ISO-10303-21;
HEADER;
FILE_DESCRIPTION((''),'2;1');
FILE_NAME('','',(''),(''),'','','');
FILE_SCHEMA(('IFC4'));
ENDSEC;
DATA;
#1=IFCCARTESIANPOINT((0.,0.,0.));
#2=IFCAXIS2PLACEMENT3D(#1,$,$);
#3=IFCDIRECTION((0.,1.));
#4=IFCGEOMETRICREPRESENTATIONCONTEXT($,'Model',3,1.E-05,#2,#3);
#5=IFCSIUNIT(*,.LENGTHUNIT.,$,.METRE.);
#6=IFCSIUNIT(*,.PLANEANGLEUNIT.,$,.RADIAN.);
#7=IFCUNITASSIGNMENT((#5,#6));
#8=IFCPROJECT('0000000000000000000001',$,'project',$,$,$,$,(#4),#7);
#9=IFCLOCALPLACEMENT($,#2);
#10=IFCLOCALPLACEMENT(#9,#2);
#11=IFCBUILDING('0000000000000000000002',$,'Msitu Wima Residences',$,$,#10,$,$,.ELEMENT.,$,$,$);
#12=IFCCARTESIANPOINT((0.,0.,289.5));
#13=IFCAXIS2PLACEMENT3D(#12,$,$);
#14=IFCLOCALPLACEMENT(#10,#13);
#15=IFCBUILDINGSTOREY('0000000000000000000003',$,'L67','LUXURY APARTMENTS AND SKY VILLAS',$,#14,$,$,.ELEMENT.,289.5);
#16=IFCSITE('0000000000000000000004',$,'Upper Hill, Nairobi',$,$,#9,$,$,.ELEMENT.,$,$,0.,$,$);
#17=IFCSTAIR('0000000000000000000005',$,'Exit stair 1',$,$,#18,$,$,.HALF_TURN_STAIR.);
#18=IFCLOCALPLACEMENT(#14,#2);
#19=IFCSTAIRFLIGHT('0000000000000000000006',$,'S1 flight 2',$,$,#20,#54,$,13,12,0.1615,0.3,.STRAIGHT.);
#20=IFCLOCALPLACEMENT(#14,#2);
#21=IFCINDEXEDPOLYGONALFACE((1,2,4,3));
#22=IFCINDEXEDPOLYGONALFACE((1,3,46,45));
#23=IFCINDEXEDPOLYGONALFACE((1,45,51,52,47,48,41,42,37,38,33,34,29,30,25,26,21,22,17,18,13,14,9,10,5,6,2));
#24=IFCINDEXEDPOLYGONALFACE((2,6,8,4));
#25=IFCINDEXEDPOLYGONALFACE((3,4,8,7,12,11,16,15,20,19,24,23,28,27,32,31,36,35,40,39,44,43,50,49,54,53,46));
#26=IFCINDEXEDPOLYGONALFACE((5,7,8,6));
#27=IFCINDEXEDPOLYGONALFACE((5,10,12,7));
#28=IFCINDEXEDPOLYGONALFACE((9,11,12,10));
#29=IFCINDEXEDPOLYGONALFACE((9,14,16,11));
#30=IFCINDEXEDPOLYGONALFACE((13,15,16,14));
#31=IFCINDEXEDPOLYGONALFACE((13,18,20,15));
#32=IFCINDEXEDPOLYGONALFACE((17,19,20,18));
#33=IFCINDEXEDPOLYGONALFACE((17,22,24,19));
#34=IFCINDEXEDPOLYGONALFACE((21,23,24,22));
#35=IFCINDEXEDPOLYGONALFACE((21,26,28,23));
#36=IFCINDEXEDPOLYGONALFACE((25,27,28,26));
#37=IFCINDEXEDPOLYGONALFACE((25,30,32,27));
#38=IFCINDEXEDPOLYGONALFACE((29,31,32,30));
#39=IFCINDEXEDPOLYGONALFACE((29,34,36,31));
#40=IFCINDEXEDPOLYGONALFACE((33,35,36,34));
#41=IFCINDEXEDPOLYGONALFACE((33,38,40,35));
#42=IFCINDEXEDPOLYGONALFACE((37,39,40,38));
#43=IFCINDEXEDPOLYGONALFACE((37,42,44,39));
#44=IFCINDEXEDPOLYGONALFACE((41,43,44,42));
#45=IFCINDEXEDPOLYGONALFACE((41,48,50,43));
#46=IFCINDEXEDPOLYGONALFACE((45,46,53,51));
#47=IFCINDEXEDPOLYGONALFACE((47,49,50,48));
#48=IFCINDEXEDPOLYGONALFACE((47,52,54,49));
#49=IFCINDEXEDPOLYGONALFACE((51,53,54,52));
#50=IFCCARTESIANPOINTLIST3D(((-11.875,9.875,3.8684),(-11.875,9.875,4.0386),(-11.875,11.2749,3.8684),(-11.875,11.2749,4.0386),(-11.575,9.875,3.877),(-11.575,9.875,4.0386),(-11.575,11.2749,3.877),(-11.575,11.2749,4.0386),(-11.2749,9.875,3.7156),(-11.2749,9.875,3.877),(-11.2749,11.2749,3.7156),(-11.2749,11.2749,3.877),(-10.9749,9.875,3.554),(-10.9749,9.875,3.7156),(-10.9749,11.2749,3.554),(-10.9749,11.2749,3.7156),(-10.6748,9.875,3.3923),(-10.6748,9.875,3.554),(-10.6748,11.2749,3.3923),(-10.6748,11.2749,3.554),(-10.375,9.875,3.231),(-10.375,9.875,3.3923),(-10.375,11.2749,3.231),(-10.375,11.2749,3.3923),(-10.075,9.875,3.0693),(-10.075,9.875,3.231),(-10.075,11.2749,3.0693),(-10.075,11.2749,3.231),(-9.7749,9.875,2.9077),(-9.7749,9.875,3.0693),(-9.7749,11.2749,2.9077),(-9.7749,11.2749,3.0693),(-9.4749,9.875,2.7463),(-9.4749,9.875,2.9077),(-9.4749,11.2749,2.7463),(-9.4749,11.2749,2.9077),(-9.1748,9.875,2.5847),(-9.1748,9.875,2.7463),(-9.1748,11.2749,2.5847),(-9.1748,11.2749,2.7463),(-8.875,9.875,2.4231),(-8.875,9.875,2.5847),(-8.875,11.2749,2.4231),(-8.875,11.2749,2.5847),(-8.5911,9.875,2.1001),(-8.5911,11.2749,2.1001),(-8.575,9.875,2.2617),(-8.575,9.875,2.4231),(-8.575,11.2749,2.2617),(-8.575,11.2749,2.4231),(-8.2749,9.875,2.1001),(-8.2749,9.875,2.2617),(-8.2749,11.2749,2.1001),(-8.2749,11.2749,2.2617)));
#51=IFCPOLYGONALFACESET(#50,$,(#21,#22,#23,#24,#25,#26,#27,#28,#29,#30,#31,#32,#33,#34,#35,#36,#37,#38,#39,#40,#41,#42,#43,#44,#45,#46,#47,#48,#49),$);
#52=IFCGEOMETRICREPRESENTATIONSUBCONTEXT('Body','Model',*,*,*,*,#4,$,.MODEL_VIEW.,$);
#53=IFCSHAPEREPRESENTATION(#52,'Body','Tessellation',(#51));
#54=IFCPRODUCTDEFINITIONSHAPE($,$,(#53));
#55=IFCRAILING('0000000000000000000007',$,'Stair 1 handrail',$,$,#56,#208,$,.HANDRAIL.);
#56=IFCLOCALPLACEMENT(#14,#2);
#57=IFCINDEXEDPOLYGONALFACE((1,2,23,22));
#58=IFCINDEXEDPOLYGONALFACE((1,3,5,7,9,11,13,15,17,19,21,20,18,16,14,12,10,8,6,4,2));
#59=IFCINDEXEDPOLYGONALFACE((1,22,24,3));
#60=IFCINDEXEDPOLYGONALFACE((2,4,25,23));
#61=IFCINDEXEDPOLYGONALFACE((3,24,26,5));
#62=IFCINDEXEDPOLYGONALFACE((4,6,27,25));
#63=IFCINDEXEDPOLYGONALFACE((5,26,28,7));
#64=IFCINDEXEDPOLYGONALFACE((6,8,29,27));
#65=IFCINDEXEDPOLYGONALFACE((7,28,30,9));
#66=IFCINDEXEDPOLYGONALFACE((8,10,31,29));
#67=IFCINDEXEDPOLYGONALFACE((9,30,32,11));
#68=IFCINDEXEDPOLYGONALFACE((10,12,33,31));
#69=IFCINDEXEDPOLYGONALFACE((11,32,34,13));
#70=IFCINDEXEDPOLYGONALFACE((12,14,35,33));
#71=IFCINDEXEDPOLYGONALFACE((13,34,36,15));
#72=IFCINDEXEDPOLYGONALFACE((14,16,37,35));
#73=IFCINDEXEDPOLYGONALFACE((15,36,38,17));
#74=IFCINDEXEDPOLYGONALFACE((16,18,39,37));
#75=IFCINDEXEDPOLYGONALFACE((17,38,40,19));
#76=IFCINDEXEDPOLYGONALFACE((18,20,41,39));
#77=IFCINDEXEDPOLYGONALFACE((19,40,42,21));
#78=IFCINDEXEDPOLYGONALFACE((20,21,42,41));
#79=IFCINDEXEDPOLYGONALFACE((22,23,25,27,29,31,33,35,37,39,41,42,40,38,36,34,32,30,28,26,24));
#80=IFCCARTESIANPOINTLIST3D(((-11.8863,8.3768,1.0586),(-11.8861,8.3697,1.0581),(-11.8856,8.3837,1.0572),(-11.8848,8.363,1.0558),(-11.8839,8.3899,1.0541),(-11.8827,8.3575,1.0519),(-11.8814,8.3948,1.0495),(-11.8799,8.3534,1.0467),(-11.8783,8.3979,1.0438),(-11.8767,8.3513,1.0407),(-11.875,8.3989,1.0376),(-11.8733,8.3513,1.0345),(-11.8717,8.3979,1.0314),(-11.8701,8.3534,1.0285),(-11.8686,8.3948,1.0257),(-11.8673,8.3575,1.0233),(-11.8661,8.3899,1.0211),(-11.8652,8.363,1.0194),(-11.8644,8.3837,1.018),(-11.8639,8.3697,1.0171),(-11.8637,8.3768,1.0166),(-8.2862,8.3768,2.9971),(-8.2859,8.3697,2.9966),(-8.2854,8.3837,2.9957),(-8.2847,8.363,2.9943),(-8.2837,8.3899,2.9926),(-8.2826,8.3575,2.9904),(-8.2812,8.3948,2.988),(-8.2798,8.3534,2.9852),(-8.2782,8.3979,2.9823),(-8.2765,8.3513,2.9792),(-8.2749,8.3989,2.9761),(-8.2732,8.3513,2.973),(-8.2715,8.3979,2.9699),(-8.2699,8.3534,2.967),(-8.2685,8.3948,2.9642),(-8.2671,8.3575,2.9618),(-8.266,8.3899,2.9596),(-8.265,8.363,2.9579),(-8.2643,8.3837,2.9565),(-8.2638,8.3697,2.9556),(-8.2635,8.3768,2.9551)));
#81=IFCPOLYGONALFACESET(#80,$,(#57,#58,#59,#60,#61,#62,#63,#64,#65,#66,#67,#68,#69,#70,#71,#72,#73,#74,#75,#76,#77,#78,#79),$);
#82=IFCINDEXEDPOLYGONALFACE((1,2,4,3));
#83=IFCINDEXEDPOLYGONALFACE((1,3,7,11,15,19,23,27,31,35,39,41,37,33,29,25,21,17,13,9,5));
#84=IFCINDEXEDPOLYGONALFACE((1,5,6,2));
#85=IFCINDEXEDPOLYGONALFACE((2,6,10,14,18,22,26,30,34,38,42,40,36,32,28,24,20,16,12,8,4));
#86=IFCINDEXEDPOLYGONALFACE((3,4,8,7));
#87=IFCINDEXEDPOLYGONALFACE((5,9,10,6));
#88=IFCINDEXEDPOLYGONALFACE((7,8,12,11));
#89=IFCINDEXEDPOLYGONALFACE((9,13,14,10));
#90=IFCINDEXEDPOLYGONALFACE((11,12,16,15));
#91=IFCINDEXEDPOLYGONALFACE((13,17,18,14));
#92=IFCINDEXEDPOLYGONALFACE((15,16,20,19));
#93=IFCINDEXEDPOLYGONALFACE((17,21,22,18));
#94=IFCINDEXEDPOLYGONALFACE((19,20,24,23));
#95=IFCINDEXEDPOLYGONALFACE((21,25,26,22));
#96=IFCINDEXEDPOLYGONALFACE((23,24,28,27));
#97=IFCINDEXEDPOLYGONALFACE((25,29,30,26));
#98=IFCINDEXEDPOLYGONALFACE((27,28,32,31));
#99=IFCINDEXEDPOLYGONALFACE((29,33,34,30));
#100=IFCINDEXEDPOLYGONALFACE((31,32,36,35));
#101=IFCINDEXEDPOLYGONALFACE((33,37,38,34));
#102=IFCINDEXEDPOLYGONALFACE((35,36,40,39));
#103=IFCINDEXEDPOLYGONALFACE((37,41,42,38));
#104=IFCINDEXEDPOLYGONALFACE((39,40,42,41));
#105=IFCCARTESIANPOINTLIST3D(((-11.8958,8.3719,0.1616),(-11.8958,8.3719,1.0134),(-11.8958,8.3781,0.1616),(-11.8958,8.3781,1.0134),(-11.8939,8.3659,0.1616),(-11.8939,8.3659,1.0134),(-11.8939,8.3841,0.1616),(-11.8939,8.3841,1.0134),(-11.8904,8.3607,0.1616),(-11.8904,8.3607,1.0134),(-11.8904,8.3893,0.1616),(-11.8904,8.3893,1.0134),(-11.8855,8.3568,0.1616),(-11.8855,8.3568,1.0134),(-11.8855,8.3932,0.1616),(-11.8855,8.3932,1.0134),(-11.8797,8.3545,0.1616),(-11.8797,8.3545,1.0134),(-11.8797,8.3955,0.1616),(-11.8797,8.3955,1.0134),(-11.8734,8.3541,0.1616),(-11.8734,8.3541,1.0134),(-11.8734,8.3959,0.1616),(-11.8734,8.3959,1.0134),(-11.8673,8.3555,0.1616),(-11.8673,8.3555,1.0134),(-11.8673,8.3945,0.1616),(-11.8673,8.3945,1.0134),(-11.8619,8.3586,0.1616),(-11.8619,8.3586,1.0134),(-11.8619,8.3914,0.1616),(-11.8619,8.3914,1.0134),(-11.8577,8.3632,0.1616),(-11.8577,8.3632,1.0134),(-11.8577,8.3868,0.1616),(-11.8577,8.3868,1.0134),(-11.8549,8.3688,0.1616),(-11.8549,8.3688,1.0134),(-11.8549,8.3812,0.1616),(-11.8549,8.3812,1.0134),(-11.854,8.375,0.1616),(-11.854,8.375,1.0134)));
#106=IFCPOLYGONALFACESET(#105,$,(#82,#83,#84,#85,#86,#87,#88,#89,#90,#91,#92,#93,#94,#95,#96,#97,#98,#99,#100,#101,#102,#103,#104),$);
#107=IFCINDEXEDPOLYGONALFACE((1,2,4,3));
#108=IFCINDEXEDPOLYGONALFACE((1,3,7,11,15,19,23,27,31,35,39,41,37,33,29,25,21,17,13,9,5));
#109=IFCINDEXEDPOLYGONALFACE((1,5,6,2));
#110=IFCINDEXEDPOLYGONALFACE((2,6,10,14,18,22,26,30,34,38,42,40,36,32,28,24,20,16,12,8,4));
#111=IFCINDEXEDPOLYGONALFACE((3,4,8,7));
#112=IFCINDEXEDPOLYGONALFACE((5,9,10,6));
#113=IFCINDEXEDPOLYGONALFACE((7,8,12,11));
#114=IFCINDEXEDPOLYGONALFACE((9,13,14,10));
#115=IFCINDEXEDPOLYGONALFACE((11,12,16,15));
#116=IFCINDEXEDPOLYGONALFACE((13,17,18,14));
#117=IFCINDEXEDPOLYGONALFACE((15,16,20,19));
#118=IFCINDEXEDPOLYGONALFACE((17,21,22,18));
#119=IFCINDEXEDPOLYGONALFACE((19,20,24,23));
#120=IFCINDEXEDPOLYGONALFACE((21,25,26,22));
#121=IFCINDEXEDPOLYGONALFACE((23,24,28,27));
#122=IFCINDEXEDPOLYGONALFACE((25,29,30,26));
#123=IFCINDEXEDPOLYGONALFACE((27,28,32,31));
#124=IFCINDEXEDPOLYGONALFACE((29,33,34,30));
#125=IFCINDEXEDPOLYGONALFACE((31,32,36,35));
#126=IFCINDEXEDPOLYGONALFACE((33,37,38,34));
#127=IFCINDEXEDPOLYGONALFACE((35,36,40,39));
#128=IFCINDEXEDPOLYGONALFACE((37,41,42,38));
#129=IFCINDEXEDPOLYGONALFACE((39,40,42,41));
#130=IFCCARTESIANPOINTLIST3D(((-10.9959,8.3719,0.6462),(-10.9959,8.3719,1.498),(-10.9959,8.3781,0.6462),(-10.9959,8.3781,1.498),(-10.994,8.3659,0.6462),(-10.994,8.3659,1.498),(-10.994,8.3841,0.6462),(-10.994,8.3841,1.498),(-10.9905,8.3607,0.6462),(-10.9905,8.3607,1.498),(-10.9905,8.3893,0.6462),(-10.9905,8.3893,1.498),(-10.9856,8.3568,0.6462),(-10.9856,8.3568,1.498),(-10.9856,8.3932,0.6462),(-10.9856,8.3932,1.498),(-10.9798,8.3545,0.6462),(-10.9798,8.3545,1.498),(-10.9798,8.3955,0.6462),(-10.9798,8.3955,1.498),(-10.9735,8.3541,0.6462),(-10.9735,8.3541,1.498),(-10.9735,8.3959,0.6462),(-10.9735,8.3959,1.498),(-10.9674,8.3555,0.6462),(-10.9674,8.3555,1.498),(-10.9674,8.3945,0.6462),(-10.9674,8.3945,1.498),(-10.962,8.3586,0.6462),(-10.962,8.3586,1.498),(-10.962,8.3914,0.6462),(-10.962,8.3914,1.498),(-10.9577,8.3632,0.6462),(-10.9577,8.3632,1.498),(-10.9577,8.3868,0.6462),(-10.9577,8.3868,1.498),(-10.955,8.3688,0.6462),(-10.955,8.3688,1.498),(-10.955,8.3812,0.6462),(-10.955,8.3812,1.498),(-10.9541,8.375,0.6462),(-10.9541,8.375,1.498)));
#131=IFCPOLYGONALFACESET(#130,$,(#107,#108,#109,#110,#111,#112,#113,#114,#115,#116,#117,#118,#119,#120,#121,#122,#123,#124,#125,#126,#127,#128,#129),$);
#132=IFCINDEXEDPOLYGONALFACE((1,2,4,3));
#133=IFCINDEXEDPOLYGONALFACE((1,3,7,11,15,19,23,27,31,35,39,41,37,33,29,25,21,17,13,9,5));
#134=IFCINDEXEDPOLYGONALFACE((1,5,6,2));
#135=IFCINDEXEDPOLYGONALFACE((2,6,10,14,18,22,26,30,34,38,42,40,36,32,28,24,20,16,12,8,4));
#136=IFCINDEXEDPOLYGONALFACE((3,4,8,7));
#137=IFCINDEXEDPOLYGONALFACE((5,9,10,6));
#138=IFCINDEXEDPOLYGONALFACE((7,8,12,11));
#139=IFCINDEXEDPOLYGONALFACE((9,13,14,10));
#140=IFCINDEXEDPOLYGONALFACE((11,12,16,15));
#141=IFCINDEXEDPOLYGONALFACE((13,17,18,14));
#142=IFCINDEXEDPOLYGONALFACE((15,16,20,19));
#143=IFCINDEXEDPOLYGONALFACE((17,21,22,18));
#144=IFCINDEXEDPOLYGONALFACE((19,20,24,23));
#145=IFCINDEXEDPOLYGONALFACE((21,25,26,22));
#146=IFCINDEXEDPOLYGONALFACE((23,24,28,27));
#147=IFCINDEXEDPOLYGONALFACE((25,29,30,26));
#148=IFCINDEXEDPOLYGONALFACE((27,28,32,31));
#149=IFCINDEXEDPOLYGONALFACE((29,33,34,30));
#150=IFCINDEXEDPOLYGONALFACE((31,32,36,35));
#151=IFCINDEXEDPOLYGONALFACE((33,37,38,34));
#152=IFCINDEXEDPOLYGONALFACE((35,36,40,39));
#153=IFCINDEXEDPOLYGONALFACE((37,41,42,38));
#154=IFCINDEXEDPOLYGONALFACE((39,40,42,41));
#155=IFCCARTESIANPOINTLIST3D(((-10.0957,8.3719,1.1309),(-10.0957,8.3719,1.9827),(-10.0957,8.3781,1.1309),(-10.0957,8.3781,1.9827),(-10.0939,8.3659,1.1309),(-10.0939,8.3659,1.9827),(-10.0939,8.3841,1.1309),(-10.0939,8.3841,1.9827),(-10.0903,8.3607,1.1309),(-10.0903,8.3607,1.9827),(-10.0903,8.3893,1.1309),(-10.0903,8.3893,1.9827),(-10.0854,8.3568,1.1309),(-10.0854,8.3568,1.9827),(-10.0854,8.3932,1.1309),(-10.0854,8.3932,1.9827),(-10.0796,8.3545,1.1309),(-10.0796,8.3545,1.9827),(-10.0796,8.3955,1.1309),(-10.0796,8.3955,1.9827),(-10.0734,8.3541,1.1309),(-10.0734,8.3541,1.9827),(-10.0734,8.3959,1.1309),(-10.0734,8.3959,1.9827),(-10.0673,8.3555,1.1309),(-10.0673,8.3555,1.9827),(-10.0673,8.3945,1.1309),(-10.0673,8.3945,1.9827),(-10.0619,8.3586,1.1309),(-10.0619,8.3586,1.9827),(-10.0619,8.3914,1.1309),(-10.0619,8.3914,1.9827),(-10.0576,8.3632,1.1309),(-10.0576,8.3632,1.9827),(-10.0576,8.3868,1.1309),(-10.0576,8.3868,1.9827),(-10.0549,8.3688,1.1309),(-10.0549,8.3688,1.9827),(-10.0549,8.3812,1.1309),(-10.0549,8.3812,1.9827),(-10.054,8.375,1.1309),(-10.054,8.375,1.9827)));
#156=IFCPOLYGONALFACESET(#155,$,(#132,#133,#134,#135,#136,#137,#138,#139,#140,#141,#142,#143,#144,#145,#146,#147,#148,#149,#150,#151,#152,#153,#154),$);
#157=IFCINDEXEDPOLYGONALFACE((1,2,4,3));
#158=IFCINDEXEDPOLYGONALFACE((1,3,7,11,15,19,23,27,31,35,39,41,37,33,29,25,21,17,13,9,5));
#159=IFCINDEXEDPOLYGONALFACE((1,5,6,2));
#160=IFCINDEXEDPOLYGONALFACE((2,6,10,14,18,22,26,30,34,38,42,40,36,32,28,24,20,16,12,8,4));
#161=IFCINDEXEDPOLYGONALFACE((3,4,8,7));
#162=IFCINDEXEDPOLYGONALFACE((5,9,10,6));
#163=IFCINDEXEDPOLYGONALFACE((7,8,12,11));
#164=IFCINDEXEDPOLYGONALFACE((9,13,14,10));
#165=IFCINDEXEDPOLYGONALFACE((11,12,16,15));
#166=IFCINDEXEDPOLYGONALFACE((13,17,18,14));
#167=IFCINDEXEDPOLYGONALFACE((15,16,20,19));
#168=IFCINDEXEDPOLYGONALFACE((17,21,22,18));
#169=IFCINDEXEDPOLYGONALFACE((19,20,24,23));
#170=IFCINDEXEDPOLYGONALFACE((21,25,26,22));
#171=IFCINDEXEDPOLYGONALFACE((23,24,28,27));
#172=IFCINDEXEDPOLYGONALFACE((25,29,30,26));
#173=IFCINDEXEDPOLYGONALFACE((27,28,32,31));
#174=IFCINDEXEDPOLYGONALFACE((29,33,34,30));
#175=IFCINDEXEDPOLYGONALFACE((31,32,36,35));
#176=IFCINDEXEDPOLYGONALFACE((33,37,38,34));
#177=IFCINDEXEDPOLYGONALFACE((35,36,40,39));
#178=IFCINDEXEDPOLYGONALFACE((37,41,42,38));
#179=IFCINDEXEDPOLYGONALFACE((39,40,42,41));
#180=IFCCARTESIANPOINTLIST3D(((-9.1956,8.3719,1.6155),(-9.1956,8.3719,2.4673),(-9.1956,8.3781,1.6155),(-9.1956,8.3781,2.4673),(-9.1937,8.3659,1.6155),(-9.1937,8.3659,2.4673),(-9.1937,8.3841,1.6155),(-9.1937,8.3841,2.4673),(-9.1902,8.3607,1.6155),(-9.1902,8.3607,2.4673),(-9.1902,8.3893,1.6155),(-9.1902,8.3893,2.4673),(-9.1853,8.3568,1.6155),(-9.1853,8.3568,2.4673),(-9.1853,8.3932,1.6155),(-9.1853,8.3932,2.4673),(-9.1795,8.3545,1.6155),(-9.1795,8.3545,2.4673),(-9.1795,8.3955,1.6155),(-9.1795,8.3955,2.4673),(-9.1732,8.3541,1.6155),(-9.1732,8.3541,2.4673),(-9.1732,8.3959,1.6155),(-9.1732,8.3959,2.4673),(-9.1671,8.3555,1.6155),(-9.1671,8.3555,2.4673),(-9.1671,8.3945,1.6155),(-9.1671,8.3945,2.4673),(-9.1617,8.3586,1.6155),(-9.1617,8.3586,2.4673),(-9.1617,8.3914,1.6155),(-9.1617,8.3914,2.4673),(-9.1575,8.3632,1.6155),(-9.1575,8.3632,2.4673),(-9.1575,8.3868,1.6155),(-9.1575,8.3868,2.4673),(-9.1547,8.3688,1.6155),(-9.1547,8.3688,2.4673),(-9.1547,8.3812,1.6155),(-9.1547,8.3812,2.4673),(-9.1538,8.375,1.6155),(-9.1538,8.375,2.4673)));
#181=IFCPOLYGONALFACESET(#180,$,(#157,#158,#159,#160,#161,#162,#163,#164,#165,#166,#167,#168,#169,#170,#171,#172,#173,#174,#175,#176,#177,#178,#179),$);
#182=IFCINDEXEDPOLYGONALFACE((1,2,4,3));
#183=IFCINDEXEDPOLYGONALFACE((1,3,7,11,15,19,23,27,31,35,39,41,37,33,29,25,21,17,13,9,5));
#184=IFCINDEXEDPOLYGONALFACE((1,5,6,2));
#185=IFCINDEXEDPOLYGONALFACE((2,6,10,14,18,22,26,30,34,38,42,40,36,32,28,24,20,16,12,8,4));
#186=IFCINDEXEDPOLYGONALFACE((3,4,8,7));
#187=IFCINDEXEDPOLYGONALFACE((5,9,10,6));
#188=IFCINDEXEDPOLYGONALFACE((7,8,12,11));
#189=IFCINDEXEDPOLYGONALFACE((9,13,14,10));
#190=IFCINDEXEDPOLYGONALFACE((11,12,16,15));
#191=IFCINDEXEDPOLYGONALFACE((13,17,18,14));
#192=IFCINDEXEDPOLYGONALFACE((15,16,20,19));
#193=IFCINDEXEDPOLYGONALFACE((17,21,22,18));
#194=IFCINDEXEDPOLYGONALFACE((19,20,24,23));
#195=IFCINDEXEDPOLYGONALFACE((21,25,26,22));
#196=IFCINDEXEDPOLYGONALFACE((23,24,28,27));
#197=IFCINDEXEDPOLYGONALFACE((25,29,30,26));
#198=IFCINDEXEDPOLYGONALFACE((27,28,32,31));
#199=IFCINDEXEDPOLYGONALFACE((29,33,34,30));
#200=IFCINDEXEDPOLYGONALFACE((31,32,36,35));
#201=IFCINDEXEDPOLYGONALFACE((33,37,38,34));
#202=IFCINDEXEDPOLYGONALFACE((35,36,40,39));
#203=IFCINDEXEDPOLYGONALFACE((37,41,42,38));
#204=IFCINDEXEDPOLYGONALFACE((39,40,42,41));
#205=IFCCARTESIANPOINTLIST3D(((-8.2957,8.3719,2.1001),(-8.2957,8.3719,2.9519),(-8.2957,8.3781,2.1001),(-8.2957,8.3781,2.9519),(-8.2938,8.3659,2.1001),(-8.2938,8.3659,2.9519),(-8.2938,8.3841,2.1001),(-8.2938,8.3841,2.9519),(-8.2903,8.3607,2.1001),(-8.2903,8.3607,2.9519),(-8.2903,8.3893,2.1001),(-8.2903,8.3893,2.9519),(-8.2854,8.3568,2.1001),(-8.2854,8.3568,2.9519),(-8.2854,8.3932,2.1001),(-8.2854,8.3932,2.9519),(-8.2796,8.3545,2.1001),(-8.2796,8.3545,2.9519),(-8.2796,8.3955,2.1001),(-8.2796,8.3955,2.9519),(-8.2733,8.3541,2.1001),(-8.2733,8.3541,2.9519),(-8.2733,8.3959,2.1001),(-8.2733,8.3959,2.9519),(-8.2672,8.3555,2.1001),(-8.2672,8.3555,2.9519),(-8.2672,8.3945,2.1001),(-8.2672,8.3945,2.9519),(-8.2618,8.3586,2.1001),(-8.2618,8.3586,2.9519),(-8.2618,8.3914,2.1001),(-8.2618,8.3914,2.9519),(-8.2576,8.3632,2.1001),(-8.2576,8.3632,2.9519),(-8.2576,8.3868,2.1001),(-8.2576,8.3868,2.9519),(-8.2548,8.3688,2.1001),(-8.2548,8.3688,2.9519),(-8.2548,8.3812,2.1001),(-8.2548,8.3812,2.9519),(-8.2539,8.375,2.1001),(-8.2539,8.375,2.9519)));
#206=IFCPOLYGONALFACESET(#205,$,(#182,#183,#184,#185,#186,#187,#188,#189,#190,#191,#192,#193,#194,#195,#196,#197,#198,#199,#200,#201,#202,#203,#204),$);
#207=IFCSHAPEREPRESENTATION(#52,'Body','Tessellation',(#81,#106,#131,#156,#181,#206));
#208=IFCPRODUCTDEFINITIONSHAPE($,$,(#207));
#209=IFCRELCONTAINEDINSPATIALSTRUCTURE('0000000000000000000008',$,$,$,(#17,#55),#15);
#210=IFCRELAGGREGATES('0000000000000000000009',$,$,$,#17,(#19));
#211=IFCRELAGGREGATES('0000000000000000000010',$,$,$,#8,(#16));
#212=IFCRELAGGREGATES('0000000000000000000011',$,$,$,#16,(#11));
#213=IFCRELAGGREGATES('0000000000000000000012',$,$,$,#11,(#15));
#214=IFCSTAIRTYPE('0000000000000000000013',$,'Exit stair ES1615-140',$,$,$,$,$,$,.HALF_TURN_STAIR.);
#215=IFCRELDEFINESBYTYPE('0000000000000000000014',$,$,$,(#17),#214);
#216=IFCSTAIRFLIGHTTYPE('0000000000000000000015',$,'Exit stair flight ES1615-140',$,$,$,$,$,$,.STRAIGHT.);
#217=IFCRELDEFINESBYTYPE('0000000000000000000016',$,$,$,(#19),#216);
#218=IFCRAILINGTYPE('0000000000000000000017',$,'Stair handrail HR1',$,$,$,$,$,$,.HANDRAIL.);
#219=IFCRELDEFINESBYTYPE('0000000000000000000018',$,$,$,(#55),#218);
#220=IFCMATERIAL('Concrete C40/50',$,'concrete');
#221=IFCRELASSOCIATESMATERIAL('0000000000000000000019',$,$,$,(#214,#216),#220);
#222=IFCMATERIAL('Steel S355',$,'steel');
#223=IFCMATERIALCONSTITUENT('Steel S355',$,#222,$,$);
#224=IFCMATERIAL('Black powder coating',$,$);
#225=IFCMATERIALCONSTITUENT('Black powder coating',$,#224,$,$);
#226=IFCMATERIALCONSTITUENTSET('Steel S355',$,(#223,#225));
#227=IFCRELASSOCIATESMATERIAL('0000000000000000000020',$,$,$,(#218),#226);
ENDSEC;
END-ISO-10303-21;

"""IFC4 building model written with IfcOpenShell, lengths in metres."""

from ifc_helpers import new_model, si_unit, direction, frame, origin, origin_2d, place, context, subcontext, project, spatial, polyline, circle, outline, extrude, material, constituent, constituent_set, type_object, element, aggregate, save


model = new_model("IFC4")

# Units and contexts
model_context = context("Model", 3, precision=1e-05, world=origin(), true_north=direction((0.0, 1.0)))
body_context = subcontext(model_context, "Body", "Model", "MODEL_VIEW")
ifc_project = project(units=[si_unit("LENGTHUNIT", "METRE"), si_unit("PLANEANGLEUNIT", "RADIAN")], contexts=[model_context])

# Site, building, storey
site_placement = place(None, origin())
site = spatial("IfcSite", under=ifc_project, at=site_placement, Name="Upper Hill, Nairobi", CompositionType="ELEMENT", RefElevation=0.0)
building_placement = place(site_placement, origin())
building = spatial("IfcBuilding", under=site, at=building_placement, Name="Msitu Wima Residences", CompositionType="ELEMENT")
storey_placement = place(building_placement, frame((0.0, 0.0, 289.5)))
storey = spatial("IfcBuildingStorey", under=building, at=storey_placement, Name="L67", Description="LUXURY APARTMENTS AND SKY VILLAS", CompositionType="ELEMENT", Elevation=289.5)

# Shared definitions
ifc_material_1 = material(Name="Concrete C40/50", Category="concrete")

# Stair, stair flight
stair_type = type_object("IfcStairType", Name="Exit stair ES1615-140", PredefinedType="HALF_TURN_STAIR", material=ifc_material_1)
stair_placement = place(storey_placement, origin())
stair = element("IfcStair", 1, at=stair_placement, inside=storey, type_object=stair_type, Name="Exit stair 1", PredefinedType="HALF_TURN_STAIR")
stair_flight_type = type_object("IfcStairFlightType", Name="Exit stair flight ES1615-140", PredefinedType="STRAIGHT", material=ifc_material_1)
stair_flight_1_placement = place(storey_placement, frame((-8.2749, 10.575, 2.1001), z_axis=(0.0, 0.0, 1.0), x_axis=(-1.0, 0.0, 0.0)))
stair_flight_1 = element("IfcStairFlight", 2, at=stair_flight_1_placement, type_object=stair_flight_type, Name="S1 flight 2", NumberOfRisers=13, NumberOfTreads=12, PredefinedType="STRAIGHT", RiserHeight=0.1615, TreadLength=0.3, context=body_context, shape_type="SweptSolid", body=[
    extrude(outline(polyline([(0.0, 0.0), (0.0, 0.1616), (0.3, 0.1616), (0.3, 0.323), (0.6001, 0.323), (0.6001, 0.4846), (0.8999, 0.4846), (0.8999, 0.6462), (1.2, 0.6462), (1.2, 0.8076), (1.5, 0.8076), (1.5, 0.9692), (1.8, 0.9692), (1.8, 1.1309), (2.1001, 1.1309), (2.1001, 1.2922), (2.3999, 1.2922), (2.3999, 1.4539), (2.7, 1.4539), (2.7, 1.6155), (3.0, 1.6155), (3.0, 1.7769), (3.3, 1.7769), (3.3, 1.9385), (3.6001, 1.9385), (3.6001, 2.1001), (3.6001, 1.7683), (0.3162, 0.0), (0.0, 0.0)])), frame((0.0, 0.7, 0.0), z_axis=(0.0, -1.0, 0.0), x_axis=(1.0, 0.0, 0.0)), (0.0, 0.0, 1.0), 1.3999),
])
aggregate(stair, [stair_flight_1])

# Railing
ifc_material_2 = material(Name="Steel S355", Category="steel")
ifc_constituent_1 = constituent(ifc_material_2, Name="Steel S355")
ifc_material_3 = material(Name="Black powder coating")
ifc_constituent_2 = constituent(ifc_material_3, Name="Black powder coating")
ifc_constituent_set = constituent_set(constituents=[ifc_constituent_1, ifc_constituent_2], Name="Steel S355")
railing_type = type_object("IfcRailingType", Name="Stair handrail HR1", PredefinedType="HANDRAIL", material=ifc_constituent_set)
for number, where, name in (
    (3, (-11.875, 8.375, 0.1616), "Stair 1 handrail"),
):
    element("IfcRailing", number, at=place(storey_placement, frame(where)), inside=storey, type_object=railing_type, Name=name, PredefinedType="HANDRAIL", context=body_context, shape_type="SweptSolid", body=[
        extrude(circle(Radius=0.0239, at=origin_2d()), frame((0.0, 0.0, 0.876), z_axis=(0.880475, 0.0, 0.474093), x_axis=(0.0, 1.0, 0.0)), (0.0, 0.0, 1.0), 4.0889),
        extrude(circle(Radius=0.021, at=origin_2d()), origin(), (0.0, 0.0, 1.0), 0.8518),
        extrude(circle(Radius=0.021, at=origin_2d()), frame((0.8999, 0.0, 0.4846)), (0.0, 0.0, 1.0), 0.8518),
        extrude(circle(Radius=0.021, at=origin_2d()), frame((1.8, 0.0, 0.9692)), (0.0, 0.0, 1.0), 0.8518),
        extrude(circle(Radius=0.021, at=origin_2d()), frame((2.7002, 0.0, 1.4539)), (0.0, 0.0, 1.0), 0.8518),
        extrude(circle(Radius=0.021, at=origin_2d()), frame((3.6001, 0.0, 1.9385)), (0.0, 0.0, 1.0), 0.8518),
    ])

save(model, "model.ifc")
